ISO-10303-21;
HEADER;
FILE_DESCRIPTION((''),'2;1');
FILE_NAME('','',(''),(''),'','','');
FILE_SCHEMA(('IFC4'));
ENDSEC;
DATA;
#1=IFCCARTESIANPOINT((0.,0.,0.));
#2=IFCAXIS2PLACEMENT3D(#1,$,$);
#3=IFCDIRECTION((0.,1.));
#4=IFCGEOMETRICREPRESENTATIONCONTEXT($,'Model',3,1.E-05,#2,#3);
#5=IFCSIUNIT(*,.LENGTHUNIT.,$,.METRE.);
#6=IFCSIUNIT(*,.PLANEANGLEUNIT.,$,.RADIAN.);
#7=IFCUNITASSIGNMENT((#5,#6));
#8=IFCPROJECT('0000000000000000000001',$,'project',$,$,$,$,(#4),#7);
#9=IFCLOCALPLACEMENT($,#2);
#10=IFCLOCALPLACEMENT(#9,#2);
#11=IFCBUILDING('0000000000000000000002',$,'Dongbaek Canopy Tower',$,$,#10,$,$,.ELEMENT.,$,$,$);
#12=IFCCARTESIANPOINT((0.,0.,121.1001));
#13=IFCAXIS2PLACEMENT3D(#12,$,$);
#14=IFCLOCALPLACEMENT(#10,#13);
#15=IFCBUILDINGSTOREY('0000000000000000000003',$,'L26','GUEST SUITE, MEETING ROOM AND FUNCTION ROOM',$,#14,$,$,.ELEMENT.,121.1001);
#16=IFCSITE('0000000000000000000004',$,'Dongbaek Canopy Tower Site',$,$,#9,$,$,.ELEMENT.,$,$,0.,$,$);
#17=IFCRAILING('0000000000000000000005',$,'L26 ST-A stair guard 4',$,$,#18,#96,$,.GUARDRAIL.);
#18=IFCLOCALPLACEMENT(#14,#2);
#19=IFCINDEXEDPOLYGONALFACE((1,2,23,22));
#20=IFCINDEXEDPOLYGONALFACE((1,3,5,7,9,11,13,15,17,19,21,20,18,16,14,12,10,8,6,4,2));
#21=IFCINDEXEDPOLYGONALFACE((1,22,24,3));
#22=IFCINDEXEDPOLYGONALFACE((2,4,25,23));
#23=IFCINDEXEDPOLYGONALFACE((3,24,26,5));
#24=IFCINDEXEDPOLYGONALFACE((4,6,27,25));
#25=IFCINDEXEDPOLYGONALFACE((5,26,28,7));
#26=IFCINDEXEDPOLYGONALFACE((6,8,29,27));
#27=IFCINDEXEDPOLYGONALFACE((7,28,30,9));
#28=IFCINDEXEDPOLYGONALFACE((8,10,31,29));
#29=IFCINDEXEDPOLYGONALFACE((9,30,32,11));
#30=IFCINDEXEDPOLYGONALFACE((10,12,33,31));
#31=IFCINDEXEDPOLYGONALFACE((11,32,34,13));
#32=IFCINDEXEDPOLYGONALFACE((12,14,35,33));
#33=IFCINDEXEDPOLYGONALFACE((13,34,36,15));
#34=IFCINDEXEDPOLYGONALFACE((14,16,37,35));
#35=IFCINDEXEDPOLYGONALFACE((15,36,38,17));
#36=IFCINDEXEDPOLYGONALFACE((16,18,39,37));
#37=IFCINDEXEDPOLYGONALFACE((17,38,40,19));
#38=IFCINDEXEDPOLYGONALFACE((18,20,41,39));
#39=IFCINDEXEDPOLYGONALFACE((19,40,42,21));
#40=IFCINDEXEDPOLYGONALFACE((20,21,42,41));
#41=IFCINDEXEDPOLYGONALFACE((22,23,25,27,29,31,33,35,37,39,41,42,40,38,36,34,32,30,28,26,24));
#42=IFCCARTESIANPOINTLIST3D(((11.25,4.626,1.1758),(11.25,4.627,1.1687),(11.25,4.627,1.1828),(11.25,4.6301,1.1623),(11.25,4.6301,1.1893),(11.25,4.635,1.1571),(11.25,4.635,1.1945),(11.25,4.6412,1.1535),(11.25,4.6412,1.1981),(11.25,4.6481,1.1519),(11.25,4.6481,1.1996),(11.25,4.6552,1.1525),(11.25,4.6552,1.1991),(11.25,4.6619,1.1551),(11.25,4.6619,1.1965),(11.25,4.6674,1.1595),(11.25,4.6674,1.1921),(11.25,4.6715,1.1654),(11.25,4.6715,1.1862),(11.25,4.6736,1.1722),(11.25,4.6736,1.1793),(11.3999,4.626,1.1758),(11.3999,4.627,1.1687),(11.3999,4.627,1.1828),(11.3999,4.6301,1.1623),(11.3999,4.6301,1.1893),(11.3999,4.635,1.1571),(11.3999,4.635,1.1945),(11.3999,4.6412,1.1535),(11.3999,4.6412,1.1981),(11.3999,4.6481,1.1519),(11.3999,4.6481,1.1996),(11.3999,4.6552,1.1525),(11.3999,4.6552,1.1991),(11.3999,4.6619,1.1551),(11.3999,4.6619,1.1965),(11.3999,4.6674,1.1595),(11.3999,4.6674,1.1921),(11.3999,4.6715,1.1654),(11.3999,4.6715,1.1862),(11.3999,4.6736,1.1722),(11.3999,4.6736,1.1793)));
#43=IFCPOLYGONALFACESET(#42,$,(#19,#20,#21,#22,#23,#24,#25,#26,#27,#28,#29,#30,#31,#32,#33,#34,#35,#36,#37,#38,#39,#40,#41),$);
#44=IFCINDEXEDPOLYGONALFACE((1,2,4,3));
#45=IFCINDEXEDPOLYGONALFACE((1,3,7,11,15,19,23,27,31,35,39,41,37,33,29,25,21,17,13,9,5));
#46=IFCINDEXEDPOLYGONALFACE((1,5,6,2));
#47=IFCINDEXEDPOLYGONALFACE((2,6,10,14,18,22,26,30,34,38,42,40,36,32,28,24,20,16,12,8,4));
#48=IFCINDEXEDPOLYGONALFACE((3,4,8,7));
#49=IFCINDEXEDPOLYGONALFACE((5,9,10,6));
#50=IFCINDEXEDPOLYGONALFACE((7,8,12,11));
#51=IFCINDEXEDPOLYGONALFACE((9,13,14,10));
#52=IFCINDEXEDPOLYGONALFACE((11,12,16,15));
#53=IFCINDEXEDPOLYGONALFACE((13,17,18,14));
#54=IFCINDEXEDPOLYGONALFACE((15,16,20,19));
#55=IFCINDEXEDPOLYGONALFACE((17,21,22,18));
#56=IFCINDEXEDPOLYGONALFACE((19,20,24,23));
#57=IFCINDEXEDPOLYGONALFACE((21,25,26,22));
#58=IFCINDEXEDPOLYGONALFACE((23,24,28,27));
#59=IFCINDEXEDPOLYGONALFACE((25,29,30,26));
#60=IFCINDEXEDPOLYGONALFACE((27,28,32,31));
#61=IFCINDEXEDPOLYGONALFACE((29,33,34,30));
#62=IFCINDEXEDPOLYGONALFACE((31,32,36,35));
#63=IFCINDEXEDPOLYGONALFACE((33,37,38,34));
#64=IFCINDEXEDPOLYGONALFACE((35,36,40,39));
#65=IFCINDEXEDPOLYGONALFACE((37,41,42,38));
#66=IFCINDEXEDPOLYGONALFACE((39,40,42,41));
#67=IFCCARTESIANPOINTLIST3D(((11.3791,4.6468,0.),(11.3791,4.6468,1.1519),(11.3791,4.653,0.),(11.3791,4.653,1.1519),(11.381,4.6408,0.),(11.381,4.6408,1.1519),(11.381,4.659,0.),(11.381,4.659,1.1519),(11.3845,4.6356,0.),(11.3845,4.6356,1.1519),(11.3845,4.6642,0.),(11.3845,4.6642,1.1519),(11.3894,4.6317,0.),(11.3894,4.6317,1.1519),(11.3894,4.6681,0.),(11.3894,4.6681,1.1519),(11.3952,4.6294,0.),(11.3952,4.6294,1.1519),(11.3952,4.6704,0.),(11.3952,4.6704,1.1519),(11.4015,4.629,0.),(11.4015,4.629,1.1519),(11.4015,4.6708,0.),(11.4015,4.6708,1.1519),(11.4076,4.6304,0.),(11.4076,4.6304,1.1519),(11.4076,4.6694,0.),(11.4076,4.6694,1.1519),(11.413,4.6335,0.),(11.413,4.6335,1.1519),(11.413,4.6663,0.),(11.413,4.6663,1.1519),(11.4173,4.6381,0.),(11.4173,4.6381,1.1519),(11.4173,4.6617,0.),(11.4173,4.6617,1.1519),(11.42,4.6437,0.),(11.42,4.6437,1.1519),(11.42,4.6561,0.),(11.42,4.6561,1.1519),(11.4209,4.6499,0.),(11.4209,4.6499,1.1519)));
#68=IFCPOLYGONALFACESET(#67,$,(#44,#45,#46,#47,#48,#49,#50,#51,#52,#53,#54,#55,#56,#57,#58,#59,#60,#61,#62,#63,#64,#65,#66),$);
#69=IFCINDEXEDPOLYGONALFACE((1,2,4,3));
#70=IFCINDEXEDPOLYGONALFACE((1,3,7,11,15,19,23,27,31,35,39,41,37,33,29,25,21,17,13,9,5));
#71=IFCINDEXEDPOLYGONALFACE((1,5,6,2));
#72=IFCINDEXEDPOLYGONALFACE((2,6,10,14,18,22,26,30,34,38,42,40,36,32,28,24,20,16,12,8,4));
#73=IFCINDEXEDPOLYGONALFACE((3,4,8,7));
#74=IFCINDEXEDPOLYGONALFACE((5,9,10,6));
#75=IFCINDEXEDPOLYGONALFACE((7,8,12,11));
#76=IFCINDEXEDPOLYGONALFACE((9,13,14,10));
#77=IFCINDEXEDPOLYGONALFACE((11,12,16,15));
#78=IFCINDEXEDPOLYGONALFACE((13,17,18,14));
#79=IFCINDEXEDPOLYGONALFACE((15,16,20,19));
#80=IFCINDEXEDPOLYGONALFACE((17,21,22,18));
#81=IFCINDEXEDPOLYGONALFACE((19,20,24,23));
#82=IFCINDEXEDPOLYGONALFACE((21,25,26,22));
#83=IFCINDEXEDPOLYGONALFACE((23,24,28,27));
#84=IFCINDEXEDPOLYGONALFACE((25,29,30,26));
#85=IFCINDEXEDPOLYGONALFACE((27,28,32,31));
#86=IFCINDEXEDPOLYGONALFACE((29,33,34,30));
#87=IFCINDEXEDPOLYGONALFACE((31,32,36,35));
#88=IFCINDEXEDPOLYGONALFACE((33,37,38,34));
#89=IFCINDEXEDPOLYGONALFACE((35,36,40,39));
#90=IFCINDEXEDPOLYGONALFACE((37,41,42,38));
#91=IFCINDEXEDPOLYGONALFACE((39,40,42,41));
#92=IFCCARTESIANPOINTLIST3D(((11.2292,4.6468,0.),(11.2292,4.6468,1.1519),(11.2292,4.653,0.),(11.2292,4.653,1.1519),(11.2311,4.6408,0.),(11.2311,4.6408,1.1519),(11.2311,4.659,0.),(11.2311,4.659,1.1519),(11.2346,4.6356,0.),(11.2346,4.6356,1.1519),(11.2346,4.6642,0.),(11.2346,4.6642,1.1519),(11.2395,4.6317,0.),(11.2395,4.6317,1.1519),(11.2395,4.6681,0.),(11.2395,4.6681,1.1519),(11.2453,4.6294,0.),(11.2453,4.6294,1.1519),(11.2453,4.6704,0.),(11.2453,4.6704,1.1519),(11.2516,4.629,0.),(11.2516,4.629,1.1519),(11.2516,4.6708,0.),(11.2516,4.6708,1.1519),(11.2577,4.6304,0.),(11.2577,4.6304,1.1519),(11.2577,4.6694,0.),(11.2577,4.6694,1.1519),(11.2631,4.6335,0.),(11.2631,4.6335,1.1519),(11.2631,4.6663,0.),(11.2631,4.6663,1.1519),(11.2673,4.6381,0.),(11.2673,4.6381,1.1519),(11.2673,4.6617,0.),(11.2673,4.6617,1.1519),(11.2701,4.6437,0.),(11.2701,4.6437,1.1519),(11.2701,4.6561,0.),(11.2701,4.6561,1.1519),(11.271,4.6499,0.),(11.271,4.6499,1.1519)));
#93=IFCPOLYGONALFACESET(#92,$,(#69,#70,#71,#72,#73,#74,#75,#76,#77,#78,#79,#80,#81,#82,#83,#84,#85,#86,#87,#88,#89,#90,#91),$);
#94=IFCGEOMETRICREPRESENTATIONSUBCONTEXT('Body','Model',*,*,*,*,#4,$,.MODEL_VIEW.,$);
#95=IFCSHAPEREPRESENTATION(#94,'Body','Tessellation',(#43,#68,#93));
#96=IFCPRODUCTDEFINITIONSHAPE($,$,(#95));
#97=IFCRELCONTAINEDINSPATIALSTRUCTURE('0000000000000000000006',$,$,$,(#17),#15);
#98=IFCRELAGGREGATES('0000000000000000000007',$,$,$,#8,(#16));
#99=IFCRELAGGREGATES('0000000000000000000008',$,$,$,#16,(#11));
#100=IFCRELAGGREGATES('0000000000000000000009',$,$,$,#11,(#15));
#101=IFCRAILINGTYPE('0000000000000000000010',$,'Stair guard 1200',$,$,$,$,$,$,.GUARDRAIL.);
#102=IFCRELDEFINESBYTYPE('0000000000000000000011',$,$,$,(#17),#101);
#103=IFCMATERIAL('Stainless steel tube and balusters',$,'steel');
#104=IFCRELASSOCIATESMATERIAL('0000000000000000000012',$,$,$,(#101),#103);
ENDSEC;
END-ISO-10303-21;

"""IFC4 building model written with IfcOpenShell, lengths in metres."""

from ifc_helpers import new_model, si_unit, direction, frame, origin, origin_2d, place, context, subcontext, project, spatial, circle, extrude, material, type_object, element, save


model = new_model("IFC4")

# Units and contexts
model_context = context("Model", 3, precision=1e-05, world=origin(), true_north=direction((0.0, 1.0)))
body_context = subcontext(model_context, "Body", "Model", "MODEL_VIEW")
ifc_project = project(units=[si_unit("LENGTHUNIT", "METRE"), si_unit("PLANEANGLEUNIT", "RADIAN")], contexts=[model_context])

# Site, building, storey
site_placement = place(None, origin())
site = spatial("IfcSite", under=ifc_project, at=site_placement, Name="Dongbaek Canopy Tower Site", CompositionType="ELEMENT", RefElevation=0.0)
building_placement = place(site_placement, origin())
building = spatial("IfcBuilding", under=site, at=building_placement, Name="Dongbaek Canopy Tower", CompositionType="ELEMENT")
storey_placement = place(building_placement, frame((0.0, 0.0, 121.1001)))
storey = spatial("IfcBuildingStorey", under=building, at=storey_placement, Name="L26", Description="GUEST SUITE, MEETING ROOM AND FUNCTION ROOM", CompositionType="ELEMENT", Elevation=121.1001)

# Railing
ifc_material_1 = material(Name="Stainless steel tube and balusters", Category="steel")
railing_type = type_object("IfcRailingType", Name="Stair guard 1200", PredefinedType="GUARDRAIL", material=ifc_material_1)
railing_1_placement = place(storey_placement, frame((11.3999, 4.6499, 0.0)))
element("IfcRailing", 1, at=railing_1_placement, inside=storey, type_object=railing_type, Name="L26 ST-A stair guard 4", PredefinedType="GUARDRAIL", context=body_context, shape_type="SweptSolid", body=[
    extrude(circle(Radius=0.0239, at=origin_2d()), frame((0.0, 0.0, 1.1758), z_axis=(-1.0, 0.0, 0.0), x_axis=(0.0, -1.0, 0.0)), (0.0, 0.0, 1.0), 0.1499),
    extrude(circle(Radius=0.021, at=origin_2d()), origin(), (0.0, 0.0, 1.0), 1.1519),
    extrude(circle(Radius=0.021, at=origin_2d()), frame((-0.1499, 0.0, 0.0)), (0.0, 0.0, 1.0), 1.1519),
])

save(model, "model.ifc")
